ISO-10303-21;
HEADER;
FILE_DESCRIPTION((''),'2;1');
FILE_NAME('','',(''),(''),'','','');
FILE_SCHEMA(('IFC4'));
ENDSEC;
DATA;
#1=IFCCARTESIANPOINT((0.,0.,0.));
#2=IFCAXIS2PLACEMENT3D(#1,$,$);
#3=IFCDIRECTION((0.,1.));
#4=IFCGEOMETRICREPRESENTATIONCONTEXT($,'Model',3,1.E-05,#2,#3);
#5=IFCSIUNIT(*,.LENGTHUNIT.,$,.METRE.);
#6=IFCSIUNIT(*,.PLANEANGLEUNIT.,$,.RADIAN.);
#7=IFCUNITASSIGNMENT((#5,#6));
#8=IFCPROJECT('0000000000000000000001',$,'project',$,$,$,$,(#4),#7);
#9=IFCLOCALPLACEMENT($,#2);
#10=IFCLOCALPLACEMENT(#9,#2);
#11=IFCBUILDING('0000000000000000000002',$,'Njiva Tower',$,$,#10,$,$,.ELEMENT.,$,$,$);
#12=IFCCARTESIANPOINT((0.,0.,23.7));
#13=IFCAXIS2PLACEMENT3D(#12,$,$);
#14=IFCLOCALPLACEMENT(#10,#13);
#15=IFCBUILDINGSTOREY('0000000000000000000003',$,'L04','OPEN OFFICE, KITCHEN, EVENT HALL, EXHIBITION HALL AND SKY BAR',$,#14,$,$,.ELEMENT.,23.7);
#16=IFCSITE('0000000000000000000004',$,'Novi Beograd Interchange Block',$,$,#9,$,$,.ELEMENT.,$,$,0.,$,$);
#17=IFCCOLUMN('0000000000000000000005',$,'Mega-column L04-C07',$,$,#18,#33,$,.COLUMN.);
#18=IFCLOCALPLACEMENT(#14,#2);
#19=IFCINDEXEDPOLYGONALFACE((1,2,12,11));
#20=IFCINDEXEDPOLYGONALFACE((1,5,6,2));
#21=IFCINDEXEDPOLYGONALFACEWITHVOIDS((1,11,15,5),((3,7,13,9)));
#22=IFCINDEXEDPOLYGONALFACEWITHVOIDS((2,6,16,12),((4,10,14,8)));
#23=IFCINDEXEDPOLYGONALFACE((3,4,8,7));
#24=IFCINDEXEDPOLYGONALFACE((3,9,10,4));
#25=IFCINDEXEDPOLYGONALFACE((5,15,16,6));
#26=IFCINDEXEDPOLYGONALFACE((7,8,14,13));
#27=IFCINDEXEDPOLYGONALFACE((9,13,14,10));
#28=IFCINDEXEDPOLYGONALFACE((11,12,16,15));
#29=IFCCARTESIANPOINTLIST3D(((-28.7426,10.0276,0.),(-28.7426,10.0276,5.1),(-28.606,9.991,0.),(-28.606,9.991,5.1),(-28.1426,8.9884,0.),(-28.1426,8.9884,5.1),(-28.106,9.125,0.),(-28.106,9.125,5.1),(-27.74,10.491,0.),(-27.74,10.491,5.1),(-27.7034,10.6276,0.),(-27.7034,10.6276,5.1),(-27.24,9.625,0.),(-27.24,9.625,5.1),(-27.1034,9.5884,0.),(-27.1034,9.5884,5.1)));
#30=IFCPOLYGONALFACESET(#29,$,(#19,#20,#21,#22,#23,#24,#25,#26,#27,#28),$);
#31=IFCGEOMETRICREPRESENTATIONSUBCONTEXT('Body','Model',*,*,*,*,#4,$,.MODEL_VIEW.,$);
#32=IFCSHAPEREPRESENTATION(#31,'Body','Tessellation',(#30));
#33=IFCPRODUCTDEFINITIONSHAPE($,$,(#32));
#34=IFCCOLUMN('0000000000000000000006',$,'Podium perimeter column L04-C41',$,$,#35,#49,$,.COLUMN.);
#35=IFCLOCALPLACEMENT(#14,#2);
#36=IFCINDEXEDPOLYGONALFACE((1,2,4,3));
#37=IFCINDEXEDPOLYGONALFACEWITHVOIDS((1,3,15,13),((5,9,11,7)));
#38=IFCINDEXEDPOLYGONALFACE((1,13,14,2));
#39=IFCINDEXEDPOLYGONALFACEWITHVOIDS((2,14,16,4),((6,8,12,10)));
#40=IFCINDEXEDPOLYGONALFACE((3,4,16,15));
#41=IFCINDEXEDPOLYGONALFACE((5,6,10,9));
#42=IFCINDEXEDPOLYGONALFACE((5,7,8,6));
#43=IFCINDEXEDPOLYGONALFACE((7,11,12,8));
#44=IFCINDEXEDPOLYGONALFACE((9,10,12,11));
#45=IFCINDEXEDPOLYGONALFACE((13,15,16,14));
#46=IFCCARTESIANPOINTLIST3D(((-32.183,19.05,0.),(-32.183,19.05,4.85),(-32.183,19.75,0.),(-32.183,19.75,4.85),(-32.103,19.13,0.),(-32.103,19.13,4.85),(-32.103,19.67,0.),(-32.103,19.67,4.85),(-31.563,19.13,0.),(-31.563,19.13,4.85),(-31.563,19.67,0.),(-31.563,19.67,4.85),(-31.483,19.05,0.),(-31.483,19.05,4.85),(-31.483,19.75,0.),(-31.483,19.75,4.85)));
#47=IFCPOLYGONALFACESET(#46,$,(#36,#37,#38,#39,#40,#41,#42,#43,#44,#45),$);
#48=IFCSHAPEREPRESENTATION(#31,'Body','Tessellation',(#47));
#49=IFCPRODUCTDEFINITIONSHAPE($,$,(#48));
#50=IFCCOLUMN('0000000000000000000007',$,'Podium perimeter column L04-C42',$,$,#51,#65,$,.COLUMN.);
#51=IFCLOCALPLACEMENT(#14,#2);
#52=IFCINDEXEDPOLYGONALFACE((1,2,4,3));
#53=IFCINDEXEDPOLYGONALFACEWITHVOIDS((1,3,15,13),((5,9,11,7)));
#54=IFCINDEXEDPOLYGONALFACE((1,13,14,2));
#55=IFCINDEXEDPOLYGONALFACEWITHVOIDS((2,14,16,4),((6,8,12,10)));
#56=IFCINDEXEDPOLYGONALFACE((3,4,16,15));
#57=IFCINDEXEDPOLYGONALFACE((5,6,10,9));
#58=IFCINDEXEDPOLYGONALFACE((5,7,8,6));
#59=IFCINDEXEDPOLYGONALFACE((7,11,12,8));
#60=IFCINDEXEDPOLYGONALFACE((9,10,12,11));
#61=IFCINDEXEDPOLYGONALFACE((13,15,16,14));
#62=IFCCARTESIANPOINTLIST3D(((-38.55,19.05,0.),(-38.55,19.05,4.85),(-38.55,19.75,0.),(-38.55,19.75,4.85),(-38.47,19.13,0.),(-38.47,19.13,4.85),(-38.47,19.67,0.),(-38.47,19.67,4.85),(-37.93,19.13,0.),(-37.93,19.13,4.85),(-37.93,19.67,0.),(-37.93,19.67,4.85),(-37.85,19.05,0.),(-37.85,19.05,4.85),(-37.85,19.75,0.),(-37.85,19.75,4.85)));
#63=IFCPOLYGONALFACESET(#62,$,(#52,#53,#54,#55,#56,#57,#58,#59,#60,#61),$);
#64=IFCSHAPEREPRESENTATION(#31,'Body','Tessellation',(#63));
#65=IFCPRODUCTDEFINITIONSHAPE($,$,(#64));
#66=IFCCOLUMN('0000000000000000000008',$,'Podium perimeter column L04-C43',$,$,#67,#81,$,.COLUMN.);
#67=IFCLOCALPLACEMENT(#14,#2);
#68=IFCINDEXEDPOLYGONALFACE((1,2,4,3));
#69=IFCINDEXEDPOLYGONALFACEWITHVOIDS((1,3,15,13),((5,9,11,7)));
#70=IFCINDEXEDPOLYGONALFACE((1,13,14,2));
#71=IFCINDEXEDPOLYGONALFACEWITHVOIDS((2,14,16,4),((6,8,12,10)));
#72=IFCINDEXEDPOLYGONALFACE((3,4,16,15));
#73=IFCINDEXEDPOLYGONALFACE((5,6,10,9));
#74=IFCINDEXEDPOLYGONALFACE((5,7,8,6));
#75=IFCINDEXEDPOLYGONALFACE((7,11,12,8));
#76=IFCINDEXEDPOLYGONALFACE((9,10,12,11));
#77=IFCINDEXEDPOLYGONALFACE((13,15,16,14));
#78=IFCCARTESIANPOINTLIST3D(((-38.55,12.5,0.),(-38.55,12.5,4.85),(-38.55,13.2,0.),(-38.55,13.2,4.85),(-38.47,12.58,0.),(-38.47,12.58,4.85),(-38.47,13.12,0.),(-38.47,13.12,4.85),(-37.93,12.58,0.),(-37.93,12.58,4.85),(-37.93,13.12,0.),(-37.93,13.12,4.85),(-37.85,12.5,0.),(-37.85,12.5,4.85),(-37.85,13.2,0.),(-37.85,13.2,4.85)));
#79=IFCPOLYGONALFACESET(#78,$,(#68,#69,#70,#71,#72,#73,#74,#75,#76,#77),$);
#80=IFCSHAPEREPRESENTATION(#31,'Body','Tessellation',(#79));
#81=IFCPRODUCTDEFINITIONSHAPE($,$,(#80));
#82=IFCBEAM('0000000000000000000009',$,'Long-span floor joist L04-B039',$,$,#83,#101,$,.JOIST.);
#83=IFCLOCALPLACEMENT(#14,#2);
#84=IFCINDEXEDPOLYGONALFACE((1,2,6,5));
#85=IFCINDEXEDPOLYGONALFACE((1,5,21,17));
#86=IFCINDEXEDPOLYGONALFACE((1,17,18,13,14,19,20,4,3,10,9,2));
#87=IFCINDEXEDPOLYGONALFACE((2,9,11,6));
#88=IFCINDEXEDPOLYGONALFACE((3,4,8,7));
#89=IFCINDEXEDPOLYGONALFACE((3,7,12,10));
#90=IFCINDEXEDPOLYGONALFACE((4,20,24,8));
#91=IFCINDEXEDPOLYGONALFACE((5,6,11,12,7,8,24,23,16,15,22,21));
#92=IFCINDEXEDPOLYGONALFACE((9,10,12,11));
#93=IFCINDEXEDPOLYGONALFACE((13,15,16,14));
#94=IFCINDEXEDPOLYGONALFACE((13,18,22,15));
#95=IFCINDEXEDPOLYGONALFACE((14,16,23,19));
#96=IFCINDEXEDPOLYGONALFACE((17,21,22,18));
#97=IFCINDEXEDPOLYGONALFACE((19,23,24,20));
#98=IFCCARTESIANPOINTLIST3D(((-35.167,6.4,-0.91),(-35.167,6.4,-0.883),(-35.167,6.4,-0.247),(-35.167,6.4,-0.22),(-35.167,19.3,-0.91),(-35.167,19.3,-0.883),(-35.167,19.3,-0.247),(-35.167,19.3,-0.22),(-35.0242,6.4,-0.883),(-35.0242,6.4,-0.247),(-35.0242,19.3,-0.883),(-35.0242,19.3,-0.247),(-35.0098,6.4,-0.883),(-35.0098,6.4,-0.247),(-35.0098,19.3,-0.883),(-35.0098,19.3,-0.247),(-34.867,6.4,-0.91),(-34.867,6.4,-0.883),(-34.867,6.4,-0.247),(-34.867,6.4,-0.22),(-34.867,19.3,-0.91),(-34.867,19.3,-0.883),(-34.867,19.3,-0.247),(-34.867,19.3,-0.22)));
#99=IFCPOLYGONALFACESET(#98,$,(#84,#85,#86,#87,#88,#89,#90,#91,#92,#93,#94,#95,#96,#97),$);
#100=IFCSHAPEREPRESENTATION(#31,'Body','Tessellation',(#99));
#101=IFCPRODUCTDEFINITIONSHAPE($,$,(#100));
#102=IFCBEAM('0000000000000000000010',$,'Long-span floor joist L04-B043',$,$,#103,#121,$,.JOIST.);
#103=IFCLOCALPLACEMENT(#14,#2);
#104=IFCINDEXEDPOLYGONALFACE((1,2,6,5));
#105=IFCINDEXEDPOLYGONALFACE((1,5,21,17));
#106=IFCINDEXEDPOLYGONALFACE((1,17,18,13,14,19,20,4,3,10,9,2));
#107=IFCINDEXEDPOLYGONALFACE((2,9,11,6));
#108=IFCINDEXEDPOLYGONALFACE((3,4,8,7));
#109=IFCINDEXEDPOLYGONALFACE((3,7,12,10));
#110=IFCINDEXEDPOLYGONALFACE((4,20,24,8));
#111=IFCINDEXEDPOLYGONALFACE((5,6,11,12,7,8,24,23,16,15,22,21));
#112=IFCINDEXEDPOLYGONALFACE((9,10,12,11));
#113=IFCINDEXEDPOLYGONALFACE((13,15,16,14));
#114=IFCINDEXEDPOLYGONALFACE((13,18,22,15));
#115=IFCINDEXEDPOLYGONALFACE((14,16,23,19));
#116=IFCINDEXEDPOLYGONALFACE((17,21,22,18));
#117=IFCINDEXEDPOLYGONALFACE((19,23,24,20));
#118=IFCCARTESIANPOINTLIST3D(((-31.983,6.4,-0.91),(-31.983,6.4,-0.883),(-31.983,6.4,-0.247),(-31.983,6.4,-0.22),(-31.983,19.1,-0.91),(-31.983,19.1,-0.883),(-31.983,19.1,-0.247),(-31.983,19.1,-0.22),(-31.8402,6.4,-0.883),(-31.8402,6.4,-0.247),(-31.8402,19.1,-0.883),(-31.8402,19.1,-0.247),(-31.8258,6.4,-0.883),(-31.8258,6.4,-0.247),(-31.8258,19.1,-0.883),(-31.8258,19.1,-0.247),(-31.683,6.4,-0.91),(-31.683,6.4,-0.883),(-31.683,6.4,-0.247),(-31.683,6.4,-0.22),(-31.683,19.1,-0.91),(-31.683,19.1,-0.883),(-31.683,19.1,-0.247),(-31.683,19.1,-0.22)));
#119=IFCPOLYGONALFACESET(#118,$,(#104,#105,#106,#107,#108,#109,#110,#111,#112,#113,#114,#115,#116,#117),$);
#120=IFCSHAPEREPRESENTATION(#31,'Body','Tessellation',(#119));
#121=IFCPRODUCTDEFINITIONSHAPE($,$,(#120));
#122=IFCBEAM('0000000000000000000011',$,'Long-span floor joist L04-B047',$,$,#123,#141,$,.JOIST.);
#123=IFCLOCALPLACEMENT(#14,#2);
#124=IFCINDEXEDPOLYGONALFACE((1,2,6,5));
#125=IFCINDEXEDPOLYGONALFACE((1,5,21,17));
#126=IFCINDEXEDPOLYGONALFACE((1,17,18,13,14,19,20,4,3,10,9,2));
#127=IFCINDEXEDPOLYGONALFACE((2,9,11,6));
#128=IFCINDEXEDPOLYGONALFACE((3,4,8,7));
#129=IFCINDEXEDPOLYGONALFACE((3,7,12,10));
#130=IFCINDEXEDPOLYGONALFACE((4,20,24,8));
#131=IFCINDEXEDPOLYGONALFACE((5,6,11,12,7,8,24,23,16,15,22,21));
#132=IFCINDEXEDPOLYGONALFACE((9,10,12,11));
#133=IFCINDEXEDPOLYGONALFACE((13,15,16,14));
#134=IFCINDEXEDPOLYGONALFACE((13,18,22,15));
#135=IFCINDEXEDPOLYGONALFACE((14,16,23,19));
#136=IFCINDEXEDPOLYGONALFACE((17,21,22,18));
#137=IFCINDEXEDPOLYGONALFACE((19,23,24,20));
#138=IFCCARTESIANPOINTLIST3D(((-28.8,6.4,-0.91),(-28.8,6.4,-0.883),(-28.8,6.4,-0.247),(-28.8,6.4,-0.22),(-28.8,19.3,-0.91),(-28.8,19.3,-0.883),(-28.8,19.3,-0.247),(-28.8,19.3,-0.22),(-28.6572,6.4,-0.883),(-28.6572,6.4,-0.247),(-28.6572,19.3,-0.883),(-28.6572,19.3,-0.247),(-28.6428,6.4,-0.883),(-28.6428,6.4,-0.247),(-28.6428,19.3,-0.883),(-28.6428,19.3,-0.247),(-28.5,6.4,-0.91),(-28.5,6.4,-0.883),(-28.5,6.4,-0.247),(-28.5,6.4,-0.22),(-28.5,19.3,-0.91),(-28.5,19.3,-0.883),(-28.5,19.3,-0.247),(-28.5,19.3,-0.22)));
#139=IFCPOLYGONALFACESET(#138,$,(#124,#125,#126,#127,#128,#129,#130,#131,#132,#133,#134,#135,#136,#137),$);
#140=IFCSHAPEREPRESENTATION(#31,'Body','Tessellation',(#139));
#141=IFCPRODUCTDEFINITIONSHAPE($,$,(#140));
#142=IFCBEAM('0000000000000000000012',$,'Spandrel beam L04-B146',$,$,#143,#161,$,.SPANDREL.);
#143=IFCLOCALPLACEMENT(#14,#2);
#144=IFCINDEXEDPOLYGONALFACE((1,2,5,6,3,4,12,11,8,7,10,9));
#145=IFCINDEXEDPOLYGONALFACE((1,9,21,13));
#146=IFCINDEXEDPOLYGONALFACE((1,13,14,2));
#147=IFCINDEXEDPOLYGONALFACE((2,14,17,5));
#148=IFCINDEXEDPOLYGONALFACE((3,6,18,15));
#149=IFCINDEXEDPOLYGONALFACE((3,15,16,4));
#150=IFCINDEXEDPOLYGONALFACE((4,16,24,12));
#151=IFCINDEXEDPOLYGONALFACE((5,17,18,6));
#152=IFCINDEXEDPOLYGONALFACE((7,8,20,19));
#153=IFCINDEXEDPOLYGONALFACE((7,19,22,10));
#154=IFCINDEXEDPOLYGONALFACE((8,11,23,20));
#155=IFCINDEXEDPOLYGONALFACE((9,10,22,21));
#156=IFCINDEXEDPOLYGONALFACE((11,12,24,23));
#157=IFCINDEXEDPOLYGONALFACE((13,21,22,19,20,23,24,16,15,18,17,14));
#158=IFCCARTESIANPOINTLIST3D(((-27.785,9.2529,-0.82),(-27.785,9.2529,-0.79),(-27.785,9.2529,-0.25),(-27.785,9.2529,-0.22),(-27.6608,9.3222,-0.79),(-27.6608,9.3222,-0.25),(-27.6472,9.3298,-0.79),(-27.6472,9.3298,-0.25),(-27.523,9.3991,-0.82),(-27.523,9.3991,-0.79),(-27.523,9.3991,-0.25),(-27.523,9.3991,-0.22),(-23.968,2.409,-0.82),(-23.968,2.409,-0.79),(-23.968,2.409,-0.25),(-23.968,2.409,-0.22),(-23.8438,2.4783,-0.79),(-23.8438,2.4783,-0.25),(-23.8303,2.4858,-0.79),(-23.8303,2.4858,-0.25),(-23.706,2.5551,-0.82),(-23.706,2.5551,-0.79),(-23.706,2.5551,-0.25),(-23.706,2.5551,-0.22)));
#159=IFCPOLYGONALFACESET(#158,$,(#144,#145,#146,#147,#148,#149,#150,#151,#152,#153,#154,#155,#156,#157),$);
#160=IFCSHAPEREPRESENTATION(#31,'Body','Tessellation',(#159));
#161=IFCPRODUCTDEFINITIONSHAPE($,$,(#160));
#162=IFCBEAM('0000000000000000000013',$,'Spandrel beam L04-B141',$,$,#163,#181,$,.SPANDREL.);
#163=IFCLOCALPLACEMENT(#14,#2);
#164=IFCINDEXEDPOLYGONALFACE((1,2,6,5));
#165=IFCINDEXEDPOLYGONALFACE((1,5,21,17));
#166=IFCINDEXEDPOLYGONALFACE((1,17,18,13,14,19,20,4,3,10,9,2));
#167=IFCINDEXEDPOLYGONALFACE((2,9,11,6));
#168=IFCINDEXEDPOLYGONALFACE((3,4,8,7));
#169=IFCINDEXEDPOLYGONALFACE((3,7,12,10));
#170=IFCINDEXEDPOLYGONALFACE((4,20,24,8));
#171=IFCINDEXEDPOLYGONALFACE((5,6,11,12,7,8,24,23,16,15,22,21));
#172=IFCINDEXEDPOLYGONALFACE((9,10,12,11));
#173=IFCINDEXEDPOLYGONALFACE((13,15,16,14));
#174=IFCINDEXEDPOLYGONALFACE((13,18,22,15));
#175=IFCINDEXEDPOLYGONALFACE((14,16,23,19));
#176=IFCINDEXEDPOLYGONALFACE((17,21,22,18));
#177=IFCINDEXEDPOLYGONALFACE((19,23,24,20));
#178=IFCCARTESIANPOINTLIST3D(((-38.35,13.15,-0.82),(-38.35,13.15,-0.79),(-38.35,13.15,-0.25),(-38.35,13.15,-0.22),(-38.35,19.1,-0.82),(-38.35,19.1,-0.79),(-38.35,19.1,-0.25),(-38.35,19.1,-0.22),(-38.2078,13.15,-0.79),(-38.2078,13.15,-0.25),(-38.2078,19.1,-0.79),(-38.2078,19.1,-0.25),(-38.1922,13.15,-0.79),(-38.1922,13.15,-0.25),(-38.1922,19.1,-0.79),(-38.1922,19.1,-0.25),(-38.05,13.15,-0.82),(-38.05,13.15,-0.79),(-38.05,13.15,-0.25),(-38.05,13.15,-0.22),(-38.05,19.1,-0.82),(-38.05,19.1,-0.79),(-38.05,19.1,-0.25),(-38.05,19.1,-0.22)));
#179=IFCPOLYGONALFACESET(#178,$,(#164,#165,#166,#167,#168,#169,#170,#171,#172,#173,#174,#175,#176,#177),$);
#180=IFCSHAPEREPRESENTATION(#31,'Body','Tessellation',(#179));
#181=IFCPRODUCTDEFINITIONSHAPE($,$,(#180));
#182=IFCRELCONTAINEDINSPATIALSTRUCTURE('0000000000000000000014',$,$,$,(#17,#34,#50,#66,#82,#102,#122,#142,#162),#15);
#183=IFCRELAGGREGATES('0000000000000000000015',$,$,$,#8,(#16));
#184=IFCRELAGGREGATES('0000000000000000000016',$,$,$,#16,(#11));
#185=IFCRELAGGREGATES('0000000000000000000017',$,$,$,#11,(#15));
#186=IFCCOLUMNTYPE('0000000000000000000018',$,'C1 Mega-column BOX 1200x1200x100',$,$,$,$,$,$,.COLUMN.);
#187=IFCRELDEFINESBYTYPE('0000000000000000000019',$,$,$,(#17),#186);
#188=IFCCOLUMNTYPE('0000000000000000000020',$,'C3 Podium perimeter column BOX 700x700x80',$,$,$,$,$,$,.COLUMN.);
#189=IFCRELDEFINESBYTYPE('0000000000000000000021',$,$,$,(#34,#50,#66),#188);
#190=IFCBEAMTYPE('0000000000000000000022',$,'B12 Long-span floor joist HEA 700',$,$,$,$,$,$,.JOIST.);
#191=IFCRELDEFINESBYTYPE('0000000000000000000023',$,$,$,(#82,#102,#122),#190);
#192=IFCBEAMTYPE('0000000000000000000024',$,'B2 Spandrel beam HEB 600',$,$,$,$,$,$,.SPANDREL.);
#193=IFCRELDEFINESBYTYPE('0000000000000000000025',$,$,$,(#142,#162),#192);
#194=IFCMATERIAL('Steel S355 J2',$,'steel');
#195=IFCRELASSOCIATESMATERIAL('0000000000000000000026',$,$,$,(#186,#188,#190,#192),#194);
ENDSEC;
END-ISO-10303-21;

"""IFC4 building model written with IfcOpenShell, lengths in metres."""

from ifc_helpers import new_model, si_unit, direction, frame, origin, origin_2d, place, context, subcontext, project, spatial, hollow_rectangle, i_section, extrude, material, material_profile, profile_set, type_object, element, save


model = new_model("IFC4")

# Units and contexts
model_context = context("Model", 3, precision=1e-05, world=origin(), true_north=direction((0.0, 1.0)))
body_context = subcontext(model_context, "Body", "Model", "MODEL_VIEW")
ifc_project = project(units=[si_unit("LENGTHUNIT", "METRE"), si_unit("PLANEANGLEUNIT", "RADIAN")], contexts=[model_context])

# Site, building, storey
site_placement = place(None, origin())
site = spatial("IfcSite", under=ifc_project, at=site_placement, Name="Novi Beograd Interchange Block", CompositionType="ELEMENT", RefElevation=0.0)
building_placement = place(site_placement, origin())
building = spatial("IfcBuilding", under=site, at=building_placement, Name="Njiva Tower", CompositionType="ELEMENT")
storey_placement = place(building_placement, frame((0.0, 0.0, 23.7)))
storey = spatial("IfcBuildingStorey", under=building, at=storey_placement, Name="L04", Description="OPEN OFFICE, KITCHEN, EVENT HALL, EXHIBITION HALL AND SKY BAR", CompositionType="ELEMENT", Elevation=23.7)

# Columns
ifc_material_1 = material(Name="Steel S355 J2", Category="steel")
ifc_material_profile_1 = material_profile(ifc_material_1, hollow_rectangle(XDim=1.2, YDim=1.2, WallThickness=0.1, at=origin_2d()), Name="BOX 1200x1200x100")
ifc_profile_set_1 = profile_set([ifc_material_profile_1], Name="Steel S355 J2")
column_type_1 = type_object("IfcColumnType", Name="C1 Mega-column BOX 1200x1200x100", PredefinedType="COLUMN", material=ifc_profile_set_1)
column_placement = place(storey_placement, frame((-27.923, 9.808, 0.0), z_axis=(0.0, 0.0, 1.0), x_axis=(0.5, -0.866025, 0.0)))
element("IfcColumn", 1, at=column_placement, inside=storey, type_object=column_type_1, Name="Mega-column L04-C07", PredefinedType="COLUMN", context=body_context, shape_type="SweptSolid", body=[
    extrude(hollow_rectangle(XDim=1.2, YDim=1.2, WallThickness=0.1, at=origin_2d()), origin(), (0.0, 0.0, 1.0), 5.1),
])
ifc_material_profile_2 = material_profile(ifc_material_1, hollow_rectangle(XDim=0.7, YDim=0.7, WallThickness=0.08, at=origin_2d()), Name="BOX 700x700x80")
ifc_profile_set_2 = profile_set([ifc_material_profile_2], Name="Steel S355 J2")
column_type_2 = type_object("IfcColumnType", Name="C3 Podium perimeter column BOX 700x700x80", PredefinedType="COLUMN", material=ifc_profile_set_2)
for number, where, z_axis, x_axis, name in (
    (2, (-31.833, 19.4, 0.0), (0.0, 0.0, 1.0), (-1.0, 0.0, 0.0), "Podium perimeter column L04-C41"),
    (3, (-38.2, 19.4, 0.0), (0.0, 0.0, 1.0), (0.0, -1.0, 0.0), "Podium perimeter column L04-C42"),
    (4, (-38.2, 12.85, 0.0), (0.0, 0.0, 1.0), (0.0, -1.0, 0.0), "Podium perimeter column L04-C43"),
):
    element("IfcColumn", number, at=place(storey_placement, frame(where, z_axis=z_axis, x_axis=x_axis)), inside=storey, type_object=column_type_2, Name=name, PredefinedType="COLUMN", context=body_context, shape_type="SweptSolid", body=[
        extrude(hollow_rectangle(XDim=0.7, YDim=0.7, WallThickness=0.08, at=origin_2d()), origin(), (0.0, 0.0, 1.0), 4.85),
    ])

# Beams
ifc_material_profile_3 = material_profile(ifc_material_1, i_section(OverallWidth=0.3, OverallDepth=0.69, WebThickness=0.0145, FlangeThickness=0.027, at=origin_2d()), Name="HEA 700")
ifc_profile_set_3 = profile_set([ifc_material_profile_3], Name="Steel S355 J2")
beam_type_1 = type_object("IfcBeamType", Name="B12 Long-span floor joist HEA 700", PredefinedType="JOIST", material=ifc_profile_set_3)
beam_1_placement = place(storey_placement, frame((-35.017, 19.3, -0.565), z_axis=(0.0, -1.0, 0.0), x_axis=(1.0, 0.0, 0.0)))
element("IfcBeam", 5, at=beam_1_placement, inside=storey, type_object=beam_type_1, Name="Long-span floor joist L04-B039", PredefinedType="JOIST", context=body_context, shape_type="SweptSolid", body=[
    extrude(i_section(OverallWidth=0.3, OverallDepth=0.69, WebThickness=0.0145, FlangeThickness=0.027, at=origin_2d()), origin(), (0.0, 0.0, 1.0), 12.9),
])
beam_2_placement = place(storey_placement, frame((-31.833, 19.1, -0.565), z_axis=(0.0, -1.0, 0.0), x_axis=(1.0, 0.0, 0.0)))
element("IfcBeam", 6, at=beam_2_placement, inside=storey, type_object=beam_type_1, Name="Long-span floor joist L04-B043", PredefinedType="JOIST", context=body_context, shape_type="SweptSolid", body=[
    extrude(i_section(OverallWidth=0.3, OverallDepth=0.69, WebThickness=0.0145, FlangeThickness=0.027, at=origin_2d()), origin(), (0.0, 0.0, 1.0), 12.7),
])
beam_3_placement = place(storey_placement, frame((-28.65, 19.3, -0.565), z_axis=(0.0, -1.0, 0.0), x_axis=(1.0, 0.0, 0.0)))
element("IfcBeam", 7, at=beam_3_placement, inside=storey, type_object=beam_type_1, Name="Long-span floor joist L04-B047", PredefinedType="JOIST", context=body_context, shape_type="SweptSolid", body=[
    extrude(i_section(OverallWidth=0.3, OverallDepth=0.69, WebThickness=0.0145, FlangeThickness=0.027, at=origin_2d()), origin(), (0.0, 0.0, 1.0), 12.9),
])
ifc_material_profile_4 = material_profile(ifc_material_1, i_section(OverallWidth=0.3, OverallDepth=0.6, WebThickness=0.0155, FlangeThickness=0.03, at=origin_2d()), Name="HEB 600")
ifc_profile_set_4 = profile_set([ifc_material_profile_4], Name="Steel S355 J2")
beam_type_2 = type_object("IfcBeamType", Name="B2 Spandrel beam HEB 600", PredefinedType="SPANDREL", material=ifc_profile_set_4)
beam_4_placement = place(storey_placement, frame((-27.654, 9.326, -0.52), z_axis=(0.487083, -0.873356, 0.0), x_axis=(0.873356, 0.487083, 0.0)))
element("IfcBeam", 8, at=beam_4_placement, inside=storey, type_object=beam_type_2, Name="Spandrel beam L04-B146", PredefinedType="SPANDREL", context=body_context, shape_type="SweptSolid", body=[
    extrude(i_section(OverallWidth=0.3, OverallDepth=0.6, WebThickness=0.0155, FlangeThickness=0.03, at=origin_2d()), origin(), (0.0, 0.0, 1.0), 7.8364),
])
for number, where, z_axis, x_axis, name in (
    (9, (-38.2, 19.1, -0.52), (0.0, -1.0, 0.0), (1.0, 0.0, 0.0), "Spandrel beam L04-B141"),
):
    element("IfcBeam", number, at=place(storey_placement, frame(where, z_axis=z_axis, x_axis=x_axis)), inside=storey, type_object=beam_type_2, Name=name, PredefinedType="SPANDREL", context=body_context, shape_type="SweptSolid", body=[
        extrude(i_section(OverallWidth=0.3, OverallDepth=0.6, WebThickness=0.0155, FlangeThickness=0.03, at=origin_2d()), origin(), (0.0, 0.0, 1.0), 5.95),
    ])

save(model, "model.ifc")
